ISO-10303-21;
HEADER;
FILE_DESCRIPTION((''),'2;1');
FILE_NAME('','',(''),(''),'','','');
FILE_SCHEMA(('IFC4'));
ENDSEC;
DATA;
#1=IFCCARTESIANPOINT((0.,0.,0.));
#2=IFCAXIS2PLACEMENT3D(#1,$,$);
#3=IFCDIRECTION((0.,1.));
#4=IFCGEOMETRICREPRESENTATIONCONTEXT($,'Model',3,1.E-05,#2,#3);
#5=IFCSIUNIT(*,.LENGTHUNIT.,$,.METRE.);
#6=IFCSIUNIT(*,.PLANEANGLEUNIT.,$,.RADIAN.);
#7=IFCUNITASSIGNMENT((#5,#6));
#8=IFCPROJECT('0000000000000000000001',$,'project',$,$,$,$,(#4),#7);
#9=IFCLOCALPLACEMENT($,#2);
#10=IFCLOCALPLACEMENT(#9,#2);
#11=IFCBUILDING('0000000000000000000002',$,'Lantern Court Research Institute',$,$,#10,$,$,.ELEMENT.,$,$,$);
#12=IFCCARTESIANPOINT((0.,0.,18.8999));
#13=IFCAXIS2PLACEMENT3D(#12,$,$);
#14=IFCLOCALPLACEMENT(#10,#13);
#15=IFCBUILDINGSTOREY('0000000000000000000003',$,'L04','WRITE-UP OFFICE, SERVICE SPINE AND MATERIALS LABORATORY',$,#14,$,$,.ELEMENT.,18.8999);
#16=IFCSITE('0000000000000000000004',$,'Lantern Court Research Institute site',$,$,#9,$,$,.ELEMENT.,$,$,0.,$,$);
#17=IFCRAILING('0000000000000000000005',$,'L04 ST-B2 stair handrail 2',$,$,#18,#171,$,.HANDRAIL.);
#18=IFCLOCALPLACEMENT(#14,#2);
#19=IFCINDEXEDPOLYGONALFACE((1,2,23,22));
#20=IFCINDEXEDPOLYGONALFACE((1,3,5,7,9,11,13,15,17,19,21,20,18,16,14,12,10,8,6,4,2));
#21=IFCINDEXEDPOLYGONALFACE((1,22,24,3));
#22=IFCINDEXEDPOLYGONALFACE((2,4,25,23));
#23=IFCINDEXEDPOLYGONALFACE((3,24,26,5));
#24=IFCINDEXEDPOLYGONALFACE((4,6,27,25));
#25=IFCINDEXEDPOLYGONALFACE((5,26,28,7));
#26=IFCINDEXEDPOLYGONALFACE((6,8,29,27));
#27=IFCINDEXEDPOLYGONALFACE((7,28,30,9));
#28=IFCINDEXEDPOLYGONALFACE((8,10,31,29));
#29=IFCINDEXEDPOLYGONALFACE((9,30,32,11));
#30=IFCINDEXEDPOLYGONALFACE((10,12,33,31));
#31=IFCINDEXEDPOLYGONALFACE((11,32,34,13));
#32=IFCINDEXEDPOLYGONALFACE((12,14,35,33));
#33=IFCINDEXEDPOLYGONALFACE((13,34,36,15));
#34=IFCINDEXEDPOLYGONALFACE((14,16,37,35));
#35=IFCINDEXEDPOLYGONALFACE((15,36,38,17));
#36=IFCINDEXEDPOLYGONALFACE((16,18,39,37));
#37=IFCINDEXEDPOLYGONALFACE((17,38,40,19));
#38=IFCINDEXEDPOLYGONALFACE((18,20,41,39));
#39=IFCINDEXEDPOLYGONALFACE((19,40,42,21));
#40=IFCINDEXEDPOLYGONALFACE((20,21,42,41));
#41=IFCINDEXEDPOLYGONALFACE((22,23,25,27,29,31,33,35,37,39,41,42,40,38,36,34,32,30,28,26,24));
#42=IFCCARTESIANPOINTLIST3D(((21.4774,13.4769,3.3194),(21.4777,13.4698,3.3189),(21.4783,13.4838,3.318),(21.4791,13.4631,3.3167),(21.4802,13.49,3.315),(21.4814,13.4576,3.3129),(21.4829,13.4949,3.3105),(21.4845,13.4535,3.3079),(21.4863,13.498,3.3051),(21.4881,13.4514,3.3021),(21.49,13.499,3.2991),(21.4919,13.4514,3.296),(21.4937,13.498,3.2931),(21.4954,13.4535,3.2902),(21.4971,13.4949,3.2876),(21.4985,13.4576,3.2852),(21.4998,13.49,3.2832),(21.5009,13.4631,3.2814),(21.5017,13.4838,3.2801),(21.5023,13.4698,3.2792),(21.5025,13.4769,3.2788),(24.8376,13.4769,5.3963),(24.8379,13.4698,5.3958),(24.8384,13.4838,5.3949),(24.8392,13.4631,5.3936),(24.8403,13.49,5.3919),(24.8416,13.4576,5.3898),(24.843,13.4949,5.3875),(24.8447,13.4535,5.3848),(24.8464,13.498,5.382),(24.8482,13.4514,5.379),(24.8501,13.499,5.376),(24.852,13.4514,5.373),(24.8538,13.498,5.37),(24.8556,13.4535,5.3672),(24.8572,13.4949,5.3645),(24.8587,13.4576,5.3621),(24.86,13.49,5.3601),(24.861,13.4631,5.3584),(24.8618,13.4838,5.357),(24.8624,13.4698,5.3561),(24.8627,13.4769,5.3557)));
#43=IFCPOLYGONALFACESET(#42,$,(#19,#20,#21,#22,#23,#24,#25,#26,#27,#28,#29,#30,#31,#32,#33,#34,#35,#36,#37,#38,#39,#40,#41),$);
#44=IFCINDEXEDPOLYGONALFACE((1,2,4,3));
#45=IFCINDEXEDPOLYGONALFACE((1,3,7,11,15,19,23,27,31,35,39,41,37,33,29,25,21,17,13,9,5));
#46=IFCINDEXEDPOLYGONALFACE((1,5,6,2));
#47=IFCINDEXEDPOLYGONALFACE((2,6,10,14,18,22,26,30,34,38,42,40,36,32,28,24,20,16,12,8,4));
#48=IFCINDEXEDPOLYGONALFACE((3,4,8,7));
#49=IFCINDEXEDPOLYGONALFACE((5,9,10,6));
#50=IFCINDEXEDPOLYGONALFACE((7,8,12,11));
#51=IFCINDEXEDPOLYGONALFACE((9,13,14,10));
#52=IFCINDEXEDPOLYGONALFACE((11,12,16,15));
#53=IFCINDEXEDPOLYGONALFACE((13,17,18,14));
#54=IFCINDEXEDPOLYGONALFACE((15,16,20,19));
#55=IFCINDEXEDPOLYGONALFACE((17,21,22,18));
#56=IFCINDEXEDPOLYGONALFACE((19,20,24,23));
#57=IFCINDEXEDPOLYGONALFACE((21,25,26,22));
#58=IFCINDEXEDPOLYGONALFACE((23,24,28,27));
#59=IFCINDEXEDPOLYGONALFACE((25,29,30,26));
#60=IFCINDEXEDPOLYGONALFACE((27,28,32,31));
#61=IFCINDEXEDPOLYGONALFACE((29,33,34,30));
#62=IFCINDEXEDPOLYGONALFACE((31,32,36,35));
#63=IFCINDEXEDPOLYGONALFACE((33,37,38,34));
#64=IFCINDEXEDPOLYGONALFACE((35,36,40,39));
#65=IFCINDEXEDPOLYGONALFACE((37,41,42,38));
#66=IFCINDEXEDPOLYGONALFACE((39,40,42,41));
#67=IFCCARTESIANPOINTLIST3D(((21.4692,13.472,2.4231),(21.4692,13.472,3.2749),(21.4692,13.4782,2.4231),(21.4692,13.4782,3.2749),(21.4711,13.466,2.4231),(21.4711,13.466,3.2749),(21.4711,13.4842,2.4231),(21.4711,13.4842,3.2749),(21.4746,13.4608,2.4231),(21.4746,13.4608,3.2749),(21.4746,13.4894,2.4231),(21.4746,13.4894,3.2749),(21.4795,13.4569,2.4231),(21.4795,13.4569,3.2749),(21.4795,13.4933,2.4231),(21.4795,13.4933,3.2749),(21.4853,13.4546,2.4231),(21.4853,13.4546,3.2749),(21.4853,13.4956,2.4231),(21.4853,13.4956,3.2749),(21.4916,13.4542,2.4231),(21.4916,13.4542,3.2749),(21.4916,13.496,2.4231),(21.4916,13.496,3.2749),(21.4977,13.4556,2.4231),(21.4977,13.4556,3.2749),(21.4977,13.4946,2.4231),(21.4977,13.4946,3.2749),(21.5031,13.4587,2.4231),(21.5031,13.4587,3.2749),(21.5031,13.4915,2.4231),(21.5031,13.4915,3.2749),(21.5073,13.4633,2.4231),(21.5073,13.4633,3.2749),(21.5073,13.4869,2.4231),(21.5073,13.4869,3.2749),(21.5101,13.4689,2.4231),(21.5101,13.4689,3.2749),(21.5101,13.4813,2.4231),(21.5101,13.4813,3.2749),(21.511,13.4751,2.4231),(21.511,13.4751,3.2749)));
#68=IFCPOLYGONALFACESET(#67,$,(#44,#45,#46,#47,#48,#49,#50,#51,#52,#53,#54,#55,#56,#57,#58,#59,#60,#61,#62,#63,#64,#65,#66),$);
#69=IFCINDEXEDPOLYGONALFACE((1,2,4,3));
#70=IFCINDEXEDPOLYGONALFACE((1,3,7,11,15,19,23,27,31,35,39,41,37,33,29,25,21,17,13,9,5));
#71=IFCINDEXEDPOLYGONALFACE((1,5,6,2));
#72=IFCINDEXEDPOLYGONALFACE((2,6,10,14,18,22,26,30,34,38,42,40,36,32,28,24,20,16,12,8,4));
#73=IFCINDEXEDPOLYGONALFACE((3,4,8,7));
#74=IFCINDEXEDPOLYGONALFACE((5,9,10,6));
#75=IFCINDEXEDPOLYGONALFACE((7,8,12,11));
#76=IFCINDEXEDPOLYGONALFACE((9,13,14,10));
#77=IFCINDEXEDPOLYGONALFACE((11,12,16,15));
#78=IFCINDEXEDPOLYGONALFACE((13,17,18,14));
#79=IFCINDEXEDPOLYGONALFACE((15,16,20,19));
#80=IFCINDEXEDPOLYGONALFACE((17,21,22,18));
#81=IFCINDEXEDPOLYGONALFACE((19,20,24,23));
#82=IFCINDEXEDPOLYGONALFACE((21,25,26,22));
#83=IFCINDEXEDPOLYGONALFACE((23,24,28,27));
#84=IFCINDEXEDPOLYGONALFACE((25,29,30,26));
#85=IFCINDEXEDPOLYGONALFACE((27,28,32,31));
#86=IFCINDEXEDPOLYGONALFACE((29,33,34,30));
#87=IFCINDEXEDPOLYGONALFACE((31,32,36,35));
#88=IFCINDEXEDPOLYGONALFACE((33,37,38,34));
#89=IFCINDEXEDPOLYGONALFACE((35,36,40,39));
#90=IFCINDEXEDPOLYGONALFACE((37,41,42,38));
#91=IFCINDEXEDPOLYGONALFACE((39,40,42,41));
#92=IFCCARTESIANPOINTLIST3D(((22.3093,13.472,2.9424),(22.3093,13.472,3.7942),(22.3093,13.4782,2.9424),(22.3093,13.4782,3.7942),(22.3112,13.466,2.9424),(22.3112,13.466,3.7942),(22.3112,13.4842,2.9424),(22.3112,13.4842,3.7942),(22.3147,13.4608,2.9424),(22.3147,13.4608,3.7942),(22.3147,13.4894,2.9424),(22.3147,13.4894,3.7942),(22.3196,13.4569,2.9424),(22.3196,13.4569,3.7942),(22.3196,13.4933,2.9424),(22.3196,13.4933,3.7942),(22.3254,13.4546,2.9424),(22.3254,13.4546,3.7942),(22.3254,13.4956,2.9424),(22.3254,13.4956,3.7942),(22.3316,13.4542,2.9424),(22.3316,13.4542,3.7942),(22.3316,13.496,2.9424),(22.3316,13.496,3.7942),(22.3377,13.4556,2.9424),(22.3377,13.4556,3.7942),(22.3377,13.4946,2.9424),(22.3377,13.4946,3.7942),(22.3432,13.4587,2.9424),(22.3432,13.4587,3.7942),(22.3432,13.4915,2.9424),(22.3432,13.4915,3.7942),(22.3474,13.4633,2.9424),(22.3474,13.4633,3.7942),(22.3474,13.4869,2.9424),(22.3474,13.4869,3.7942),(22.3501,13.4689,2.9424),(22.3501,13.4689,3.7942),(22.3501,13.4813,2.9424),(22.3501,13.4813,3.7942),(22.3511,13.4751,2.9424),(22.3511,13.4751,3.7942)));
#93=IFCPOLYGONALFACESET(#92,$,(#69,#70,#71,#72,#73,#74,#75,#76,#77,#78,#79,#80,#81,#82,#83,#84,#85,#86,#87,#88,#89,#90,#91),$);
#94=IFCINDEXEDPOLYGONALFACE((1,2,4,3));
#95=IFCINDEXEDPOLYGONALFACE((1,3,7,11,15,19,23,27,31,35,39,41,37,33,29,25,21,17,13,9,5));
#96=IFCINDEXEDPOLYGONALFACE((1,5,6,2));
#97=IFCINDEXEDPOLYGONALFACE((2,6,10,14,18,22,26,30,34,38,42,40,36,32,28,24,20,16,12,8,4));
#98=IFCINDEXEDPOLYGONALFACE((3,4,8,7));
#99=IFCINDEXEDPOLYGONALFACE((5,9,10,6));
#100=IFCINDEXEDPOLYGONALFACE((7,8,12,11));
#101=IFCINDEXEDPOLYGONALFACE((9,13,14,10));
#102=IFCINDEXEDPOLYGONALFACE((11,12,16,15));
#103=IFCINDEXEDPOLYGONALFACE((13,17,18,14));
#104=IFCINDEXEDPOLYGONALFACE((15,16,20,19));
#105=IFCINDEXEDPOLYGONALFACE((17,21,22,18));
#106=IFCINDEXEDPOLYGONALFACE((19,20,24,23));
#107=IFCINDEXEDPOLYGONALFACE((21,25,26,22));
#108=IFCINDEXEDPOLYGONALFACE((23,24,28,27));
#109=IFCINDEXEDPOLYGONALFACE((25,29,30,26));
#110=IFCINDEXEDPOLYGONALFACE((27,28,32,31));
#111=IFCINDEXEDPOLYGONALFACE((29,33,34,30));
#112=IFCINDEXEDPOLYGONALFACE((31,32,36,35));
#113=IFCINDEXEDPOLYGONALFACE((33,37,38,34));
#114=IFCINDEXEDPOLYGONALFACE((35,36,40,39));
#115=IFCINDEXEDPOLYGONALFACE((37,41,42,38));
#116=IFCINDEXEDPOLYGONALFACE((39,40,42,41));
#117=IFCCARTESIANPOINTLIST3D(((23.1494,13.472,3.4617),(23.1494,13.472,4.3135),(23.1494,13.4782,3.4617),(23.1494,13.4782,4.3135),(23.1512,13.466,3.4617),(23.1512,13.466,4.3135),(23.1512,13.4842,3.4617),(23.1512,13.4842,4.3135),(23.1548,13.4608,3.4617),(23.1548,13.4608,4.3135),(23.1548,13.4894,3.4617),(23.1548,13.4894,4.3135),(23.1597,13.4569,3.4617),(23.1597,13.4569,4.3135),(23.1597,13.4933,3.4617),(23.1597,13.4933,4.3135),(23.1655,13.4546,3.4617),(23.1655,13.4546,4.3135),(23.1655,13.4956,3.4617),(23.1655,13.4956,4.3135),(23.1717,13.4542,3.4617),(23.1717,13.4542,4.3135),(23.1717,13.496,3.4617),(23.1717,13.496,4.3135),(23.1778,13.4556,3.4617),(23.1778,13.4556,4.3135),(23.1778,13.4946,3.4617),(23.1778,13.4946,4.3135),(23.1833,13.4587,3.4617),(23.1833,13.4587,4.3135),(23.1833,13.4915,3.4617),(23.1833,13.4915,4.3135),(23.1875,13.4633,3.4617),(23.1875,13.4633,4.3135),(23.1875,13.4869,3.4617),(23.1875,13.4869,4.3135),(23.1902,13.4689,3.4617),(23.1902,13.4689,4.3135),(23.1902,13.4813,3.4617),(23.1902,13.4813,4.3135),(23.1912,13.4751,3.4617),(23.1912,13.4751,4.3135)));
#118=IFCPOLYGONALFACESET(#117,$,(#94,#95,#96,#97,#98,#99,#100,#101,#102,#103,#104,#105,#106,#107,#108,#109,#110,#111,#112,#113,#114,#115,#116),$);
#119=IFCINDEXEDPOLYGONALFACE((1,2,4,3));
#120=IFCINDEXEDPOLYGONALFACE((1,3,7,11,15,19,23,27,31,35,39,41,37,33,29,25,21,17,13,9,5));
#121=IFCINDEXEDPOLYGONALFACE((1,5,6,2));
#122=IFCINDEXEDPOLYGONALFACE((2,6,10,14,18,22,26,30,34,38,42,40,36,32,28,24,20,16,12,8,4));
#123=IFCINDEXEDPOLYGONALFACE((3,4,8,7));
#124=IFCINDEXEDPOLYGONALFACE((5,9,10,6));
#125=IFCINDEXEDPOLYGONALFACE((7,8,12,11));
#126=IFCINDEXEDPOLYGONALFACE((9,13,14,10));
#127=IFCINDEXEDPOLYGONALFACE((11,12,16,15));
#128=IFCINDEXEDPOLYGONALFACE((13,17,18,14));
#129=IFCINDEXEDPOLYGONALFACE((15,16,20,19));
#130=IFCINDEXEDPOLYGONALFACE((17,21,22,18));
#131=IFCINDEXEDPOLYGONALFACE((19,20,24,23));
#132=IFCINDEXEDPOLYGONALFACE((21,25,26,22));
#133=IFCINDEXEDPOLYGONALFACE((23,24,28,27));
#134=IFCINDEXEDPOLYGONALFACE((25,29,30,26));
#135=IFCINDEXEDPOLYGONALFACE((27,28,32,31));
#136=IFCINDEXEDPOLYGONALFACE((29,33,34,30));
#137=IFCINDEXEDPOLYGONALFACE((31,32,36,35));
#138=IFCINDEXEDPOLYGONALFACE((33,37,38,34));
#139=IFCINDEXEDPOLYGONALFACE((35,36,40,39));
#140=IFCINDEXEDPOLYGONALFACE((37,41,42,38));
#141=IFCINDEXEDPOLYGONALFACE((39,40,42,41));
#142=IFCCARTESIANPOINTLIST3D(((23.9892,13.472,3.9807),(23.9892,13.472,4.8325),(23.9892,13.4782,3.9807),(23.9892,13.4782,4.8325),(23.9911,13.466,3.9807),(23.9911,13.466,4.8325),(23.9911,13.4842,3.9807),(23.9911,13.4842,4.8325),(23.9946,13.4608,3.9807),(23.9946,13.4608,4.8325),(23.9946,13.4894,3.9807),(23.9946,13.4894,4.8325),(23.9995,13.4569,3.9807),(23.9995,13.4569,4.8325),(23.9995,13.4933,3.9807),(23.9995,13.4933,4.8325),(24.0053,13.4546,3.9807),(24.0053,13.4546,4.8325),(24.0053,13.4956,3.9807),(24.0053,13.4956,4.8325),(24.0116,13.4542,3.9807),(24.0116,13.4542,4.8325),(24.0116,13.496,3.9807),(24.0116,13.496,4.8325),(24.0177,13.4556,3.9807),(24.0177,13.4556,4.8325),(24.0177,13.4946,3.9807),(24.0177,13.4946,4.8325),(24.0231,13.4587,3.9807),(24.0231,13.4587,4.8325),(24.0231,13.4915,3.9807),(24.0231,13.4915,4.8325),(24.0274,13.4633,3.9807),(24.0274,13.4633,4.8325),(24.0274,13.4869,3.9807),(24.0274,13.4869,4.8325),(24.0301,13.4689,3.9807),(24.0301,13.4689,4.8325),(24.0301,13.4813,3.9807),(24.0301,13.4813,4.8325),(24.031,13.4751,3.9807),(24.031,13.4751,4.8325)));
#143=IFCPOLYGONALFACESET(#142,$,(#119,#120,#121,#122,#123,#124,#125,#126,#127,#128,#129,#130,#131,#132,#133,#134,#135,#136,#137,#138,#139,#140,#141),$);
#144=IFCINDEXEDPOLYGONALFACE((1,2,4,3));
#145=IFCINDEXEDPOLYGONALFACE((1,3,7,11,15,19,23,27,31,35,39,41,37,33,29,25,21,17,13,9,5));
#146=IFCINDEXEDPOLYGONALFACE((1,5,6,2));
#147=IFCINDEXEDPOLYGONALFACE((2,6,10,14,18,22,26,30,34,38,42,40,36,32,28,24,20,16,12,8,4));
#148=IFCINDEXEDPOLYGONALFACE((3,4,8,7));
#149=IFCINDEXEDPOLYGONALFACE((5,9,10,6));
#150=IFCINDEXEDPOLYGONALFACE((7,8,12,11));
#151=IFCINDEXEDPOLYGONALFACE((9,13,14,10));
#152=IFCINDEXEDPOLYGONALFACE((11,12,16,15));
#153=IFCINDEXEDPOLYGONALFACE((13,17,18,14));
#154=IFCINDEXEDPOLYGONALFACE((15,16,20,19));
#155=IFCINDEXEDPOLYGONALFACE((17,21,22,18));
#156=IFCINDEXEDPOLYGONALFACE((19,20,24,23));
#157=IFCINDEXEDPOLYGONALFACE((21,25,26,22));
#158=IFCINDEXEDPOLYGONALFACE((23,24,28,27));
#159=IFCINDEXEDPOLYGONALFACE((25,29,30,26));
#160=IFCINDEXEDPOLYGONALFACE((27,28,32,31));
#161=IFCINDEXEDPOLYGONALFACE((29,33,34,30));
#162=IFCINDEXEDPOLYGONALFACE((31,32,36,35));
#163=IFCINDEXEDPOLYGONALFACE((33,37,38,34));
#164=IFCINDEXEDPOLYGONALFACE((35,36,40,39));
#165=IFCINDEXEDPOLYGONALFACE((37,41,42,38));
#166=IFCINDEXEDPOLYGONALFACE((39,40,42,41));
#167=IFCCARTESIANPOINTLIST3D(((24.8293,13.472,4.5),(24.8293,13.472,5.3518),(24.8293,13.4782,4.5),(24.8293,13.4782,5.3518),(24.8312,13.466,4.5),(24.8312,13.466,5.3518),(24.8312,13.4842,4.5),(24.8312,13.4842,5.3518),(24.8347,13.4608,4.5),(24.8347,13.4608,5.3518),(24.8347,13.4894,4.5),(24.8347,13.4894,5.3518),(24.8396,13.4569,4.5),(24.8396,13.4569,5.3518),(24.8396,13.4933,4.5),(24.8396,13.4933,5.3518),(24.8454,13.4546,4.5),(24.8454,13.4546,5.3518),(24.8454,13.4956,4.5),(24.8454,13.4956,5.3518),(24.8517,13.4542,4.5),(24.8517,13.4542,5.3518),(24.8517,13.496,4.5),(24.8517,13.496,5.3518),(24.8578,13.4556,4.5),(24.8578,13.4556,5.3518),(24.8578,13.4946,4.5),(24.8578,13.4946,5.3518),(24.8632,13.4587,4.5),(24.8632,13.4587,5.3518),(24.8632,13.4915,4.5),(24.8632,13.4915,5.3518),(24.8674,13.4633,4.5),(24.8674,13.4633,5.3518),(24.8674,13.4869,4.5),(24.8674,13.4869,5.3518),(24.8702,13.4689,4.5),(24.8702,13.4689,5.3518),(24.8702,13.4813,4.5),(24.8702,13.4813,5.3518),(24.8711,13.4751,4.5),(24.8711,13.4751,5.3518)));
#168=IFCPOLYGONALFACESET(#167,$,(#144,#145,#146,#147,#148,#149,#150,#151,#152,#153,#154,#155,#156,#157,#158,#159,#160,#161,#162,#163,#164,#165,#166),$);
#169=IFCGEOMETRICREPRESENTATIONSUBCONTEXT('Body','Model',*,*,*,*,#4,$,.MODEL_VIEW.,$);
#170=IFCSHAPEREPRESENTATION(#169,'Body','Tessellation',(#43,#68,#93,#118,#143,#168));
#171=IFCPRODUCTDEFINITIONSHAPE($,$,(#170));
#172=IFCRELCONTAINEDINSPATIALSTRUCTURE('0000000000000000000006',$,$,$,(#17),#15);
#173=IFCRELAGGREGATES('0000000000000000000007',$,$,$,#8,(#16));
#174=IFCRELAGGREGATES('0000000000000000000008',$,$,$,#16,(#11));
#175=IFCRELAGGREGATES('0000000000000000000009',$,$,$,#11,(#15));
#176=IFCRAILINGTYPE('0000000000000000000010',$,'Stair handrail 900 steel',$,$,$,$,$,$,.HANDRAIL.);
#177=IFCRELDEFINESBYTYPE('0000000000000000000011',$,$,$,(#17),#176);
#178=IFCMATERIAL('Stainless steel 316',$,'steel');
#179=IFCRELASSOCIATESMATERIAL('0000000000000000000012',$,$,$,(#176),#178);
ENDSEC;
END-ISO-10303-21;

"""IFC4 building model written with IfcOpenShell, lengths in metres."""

from ifc_helpers import new_model, si_unit, direction, frame, origin, origin_2d, place, context, subcontext, project, spatial, circle, extrude, material, type_object, element, save


model = new_model("IFC4")

# Units and contexts
model_context = context("Model", 3, precision=1e-05, world=origin(), true_north=direction((0.0, 1.0)))
body_context = subcontext(model_context, "Body", "Model", "MODEL_VIEW")
ifc_project = project(units=[si_unit("LENGTHUNIT", "METRE"), si_unit("PLANEANGLEUNIT", "RADIAN")], contexts=[model_context])

# Site, building, storey
site_placement = place(None, origin())
site = spatial("IfcSite", under=ifc_project, at=site_placement, Name="Lantern Court Research Institute site", CompositionType="ELEMENT", RefElevation=0.0)
building_placement = place(site_placement, origin())
building = spatial("IfcBuilding", under=site, at=building_placement, Name="Lantern Court Research Institute", CompositionType="ELEMENT")
storey_placement = place(building_placement, frame((0.0, 0.0, 18.8999)))
storey = spatial("IfcBuildingStorey", under=building, at=storey_placement, Name="L04", Description="WRITE-UP OFFICE, SERVICE SPINE AND MATERIALS LABORATORY", CompositionType="ELEMENT", Elevation=18.8999)

# Railing
ifc_material_1 = material(Name="Stainless steel 316", Category="steel")
railing_type_1 = type_object("IfcRailingType", Name="Stair handrail 900 steel", PredefinedType="HANDRAIL", material=ifc_material_1)
railing_1_placement = place(storey_placement, frame((21.49, 13.4751, 2.4231)))
element("IfcRailing", 1, at=railing_1_placement, inside=storey, type_object=railing_type_1, Name="L04 ST-B2 stair handrail 2", PredefinedType="HANDRAIL", context=body_context, shape_type="SweptSolid", body=[
    extrude(circle(Radius=0.0239, at=origin_2d()), frame((0.0, 0.0, 0.876), z_axis=(0.850623, 0.0, 0.525776), x_axis=(0.0, 1.0, 0.0)), (0.0, 0.0, 1.0), 3.9502),
    extrude(circle(Radius=0.021, at=origin_2d()), origin(), (0.0, 0.0, 1.0), 0.8518),
    extrude(circle(Radius=0.021, at=origin_2d()), frame((0.8401, 0.0, 0.5193)), (0.0, 0.0, 1.0), 0.8518),
    extrude(circle(Radius=0.021, at=origin_2d()), frame((1.6802, 0.0, 1.0386)), (0.0, 0.0, 1.0), 0.8518),
    extrude(circle(Radius=0.021, at=origin_2d()), frame((2.52, 0.0, 1.5576)), (0.0, 0.0, 1.0), 0.8518),
    extrude(circle(Radius=0.021, at=origin_2d()), frame((3.3601, 0.0, 2.0769)), (0.0, 0.0, 1.0), 0.8518),
])

save(model, "model.ifc")
